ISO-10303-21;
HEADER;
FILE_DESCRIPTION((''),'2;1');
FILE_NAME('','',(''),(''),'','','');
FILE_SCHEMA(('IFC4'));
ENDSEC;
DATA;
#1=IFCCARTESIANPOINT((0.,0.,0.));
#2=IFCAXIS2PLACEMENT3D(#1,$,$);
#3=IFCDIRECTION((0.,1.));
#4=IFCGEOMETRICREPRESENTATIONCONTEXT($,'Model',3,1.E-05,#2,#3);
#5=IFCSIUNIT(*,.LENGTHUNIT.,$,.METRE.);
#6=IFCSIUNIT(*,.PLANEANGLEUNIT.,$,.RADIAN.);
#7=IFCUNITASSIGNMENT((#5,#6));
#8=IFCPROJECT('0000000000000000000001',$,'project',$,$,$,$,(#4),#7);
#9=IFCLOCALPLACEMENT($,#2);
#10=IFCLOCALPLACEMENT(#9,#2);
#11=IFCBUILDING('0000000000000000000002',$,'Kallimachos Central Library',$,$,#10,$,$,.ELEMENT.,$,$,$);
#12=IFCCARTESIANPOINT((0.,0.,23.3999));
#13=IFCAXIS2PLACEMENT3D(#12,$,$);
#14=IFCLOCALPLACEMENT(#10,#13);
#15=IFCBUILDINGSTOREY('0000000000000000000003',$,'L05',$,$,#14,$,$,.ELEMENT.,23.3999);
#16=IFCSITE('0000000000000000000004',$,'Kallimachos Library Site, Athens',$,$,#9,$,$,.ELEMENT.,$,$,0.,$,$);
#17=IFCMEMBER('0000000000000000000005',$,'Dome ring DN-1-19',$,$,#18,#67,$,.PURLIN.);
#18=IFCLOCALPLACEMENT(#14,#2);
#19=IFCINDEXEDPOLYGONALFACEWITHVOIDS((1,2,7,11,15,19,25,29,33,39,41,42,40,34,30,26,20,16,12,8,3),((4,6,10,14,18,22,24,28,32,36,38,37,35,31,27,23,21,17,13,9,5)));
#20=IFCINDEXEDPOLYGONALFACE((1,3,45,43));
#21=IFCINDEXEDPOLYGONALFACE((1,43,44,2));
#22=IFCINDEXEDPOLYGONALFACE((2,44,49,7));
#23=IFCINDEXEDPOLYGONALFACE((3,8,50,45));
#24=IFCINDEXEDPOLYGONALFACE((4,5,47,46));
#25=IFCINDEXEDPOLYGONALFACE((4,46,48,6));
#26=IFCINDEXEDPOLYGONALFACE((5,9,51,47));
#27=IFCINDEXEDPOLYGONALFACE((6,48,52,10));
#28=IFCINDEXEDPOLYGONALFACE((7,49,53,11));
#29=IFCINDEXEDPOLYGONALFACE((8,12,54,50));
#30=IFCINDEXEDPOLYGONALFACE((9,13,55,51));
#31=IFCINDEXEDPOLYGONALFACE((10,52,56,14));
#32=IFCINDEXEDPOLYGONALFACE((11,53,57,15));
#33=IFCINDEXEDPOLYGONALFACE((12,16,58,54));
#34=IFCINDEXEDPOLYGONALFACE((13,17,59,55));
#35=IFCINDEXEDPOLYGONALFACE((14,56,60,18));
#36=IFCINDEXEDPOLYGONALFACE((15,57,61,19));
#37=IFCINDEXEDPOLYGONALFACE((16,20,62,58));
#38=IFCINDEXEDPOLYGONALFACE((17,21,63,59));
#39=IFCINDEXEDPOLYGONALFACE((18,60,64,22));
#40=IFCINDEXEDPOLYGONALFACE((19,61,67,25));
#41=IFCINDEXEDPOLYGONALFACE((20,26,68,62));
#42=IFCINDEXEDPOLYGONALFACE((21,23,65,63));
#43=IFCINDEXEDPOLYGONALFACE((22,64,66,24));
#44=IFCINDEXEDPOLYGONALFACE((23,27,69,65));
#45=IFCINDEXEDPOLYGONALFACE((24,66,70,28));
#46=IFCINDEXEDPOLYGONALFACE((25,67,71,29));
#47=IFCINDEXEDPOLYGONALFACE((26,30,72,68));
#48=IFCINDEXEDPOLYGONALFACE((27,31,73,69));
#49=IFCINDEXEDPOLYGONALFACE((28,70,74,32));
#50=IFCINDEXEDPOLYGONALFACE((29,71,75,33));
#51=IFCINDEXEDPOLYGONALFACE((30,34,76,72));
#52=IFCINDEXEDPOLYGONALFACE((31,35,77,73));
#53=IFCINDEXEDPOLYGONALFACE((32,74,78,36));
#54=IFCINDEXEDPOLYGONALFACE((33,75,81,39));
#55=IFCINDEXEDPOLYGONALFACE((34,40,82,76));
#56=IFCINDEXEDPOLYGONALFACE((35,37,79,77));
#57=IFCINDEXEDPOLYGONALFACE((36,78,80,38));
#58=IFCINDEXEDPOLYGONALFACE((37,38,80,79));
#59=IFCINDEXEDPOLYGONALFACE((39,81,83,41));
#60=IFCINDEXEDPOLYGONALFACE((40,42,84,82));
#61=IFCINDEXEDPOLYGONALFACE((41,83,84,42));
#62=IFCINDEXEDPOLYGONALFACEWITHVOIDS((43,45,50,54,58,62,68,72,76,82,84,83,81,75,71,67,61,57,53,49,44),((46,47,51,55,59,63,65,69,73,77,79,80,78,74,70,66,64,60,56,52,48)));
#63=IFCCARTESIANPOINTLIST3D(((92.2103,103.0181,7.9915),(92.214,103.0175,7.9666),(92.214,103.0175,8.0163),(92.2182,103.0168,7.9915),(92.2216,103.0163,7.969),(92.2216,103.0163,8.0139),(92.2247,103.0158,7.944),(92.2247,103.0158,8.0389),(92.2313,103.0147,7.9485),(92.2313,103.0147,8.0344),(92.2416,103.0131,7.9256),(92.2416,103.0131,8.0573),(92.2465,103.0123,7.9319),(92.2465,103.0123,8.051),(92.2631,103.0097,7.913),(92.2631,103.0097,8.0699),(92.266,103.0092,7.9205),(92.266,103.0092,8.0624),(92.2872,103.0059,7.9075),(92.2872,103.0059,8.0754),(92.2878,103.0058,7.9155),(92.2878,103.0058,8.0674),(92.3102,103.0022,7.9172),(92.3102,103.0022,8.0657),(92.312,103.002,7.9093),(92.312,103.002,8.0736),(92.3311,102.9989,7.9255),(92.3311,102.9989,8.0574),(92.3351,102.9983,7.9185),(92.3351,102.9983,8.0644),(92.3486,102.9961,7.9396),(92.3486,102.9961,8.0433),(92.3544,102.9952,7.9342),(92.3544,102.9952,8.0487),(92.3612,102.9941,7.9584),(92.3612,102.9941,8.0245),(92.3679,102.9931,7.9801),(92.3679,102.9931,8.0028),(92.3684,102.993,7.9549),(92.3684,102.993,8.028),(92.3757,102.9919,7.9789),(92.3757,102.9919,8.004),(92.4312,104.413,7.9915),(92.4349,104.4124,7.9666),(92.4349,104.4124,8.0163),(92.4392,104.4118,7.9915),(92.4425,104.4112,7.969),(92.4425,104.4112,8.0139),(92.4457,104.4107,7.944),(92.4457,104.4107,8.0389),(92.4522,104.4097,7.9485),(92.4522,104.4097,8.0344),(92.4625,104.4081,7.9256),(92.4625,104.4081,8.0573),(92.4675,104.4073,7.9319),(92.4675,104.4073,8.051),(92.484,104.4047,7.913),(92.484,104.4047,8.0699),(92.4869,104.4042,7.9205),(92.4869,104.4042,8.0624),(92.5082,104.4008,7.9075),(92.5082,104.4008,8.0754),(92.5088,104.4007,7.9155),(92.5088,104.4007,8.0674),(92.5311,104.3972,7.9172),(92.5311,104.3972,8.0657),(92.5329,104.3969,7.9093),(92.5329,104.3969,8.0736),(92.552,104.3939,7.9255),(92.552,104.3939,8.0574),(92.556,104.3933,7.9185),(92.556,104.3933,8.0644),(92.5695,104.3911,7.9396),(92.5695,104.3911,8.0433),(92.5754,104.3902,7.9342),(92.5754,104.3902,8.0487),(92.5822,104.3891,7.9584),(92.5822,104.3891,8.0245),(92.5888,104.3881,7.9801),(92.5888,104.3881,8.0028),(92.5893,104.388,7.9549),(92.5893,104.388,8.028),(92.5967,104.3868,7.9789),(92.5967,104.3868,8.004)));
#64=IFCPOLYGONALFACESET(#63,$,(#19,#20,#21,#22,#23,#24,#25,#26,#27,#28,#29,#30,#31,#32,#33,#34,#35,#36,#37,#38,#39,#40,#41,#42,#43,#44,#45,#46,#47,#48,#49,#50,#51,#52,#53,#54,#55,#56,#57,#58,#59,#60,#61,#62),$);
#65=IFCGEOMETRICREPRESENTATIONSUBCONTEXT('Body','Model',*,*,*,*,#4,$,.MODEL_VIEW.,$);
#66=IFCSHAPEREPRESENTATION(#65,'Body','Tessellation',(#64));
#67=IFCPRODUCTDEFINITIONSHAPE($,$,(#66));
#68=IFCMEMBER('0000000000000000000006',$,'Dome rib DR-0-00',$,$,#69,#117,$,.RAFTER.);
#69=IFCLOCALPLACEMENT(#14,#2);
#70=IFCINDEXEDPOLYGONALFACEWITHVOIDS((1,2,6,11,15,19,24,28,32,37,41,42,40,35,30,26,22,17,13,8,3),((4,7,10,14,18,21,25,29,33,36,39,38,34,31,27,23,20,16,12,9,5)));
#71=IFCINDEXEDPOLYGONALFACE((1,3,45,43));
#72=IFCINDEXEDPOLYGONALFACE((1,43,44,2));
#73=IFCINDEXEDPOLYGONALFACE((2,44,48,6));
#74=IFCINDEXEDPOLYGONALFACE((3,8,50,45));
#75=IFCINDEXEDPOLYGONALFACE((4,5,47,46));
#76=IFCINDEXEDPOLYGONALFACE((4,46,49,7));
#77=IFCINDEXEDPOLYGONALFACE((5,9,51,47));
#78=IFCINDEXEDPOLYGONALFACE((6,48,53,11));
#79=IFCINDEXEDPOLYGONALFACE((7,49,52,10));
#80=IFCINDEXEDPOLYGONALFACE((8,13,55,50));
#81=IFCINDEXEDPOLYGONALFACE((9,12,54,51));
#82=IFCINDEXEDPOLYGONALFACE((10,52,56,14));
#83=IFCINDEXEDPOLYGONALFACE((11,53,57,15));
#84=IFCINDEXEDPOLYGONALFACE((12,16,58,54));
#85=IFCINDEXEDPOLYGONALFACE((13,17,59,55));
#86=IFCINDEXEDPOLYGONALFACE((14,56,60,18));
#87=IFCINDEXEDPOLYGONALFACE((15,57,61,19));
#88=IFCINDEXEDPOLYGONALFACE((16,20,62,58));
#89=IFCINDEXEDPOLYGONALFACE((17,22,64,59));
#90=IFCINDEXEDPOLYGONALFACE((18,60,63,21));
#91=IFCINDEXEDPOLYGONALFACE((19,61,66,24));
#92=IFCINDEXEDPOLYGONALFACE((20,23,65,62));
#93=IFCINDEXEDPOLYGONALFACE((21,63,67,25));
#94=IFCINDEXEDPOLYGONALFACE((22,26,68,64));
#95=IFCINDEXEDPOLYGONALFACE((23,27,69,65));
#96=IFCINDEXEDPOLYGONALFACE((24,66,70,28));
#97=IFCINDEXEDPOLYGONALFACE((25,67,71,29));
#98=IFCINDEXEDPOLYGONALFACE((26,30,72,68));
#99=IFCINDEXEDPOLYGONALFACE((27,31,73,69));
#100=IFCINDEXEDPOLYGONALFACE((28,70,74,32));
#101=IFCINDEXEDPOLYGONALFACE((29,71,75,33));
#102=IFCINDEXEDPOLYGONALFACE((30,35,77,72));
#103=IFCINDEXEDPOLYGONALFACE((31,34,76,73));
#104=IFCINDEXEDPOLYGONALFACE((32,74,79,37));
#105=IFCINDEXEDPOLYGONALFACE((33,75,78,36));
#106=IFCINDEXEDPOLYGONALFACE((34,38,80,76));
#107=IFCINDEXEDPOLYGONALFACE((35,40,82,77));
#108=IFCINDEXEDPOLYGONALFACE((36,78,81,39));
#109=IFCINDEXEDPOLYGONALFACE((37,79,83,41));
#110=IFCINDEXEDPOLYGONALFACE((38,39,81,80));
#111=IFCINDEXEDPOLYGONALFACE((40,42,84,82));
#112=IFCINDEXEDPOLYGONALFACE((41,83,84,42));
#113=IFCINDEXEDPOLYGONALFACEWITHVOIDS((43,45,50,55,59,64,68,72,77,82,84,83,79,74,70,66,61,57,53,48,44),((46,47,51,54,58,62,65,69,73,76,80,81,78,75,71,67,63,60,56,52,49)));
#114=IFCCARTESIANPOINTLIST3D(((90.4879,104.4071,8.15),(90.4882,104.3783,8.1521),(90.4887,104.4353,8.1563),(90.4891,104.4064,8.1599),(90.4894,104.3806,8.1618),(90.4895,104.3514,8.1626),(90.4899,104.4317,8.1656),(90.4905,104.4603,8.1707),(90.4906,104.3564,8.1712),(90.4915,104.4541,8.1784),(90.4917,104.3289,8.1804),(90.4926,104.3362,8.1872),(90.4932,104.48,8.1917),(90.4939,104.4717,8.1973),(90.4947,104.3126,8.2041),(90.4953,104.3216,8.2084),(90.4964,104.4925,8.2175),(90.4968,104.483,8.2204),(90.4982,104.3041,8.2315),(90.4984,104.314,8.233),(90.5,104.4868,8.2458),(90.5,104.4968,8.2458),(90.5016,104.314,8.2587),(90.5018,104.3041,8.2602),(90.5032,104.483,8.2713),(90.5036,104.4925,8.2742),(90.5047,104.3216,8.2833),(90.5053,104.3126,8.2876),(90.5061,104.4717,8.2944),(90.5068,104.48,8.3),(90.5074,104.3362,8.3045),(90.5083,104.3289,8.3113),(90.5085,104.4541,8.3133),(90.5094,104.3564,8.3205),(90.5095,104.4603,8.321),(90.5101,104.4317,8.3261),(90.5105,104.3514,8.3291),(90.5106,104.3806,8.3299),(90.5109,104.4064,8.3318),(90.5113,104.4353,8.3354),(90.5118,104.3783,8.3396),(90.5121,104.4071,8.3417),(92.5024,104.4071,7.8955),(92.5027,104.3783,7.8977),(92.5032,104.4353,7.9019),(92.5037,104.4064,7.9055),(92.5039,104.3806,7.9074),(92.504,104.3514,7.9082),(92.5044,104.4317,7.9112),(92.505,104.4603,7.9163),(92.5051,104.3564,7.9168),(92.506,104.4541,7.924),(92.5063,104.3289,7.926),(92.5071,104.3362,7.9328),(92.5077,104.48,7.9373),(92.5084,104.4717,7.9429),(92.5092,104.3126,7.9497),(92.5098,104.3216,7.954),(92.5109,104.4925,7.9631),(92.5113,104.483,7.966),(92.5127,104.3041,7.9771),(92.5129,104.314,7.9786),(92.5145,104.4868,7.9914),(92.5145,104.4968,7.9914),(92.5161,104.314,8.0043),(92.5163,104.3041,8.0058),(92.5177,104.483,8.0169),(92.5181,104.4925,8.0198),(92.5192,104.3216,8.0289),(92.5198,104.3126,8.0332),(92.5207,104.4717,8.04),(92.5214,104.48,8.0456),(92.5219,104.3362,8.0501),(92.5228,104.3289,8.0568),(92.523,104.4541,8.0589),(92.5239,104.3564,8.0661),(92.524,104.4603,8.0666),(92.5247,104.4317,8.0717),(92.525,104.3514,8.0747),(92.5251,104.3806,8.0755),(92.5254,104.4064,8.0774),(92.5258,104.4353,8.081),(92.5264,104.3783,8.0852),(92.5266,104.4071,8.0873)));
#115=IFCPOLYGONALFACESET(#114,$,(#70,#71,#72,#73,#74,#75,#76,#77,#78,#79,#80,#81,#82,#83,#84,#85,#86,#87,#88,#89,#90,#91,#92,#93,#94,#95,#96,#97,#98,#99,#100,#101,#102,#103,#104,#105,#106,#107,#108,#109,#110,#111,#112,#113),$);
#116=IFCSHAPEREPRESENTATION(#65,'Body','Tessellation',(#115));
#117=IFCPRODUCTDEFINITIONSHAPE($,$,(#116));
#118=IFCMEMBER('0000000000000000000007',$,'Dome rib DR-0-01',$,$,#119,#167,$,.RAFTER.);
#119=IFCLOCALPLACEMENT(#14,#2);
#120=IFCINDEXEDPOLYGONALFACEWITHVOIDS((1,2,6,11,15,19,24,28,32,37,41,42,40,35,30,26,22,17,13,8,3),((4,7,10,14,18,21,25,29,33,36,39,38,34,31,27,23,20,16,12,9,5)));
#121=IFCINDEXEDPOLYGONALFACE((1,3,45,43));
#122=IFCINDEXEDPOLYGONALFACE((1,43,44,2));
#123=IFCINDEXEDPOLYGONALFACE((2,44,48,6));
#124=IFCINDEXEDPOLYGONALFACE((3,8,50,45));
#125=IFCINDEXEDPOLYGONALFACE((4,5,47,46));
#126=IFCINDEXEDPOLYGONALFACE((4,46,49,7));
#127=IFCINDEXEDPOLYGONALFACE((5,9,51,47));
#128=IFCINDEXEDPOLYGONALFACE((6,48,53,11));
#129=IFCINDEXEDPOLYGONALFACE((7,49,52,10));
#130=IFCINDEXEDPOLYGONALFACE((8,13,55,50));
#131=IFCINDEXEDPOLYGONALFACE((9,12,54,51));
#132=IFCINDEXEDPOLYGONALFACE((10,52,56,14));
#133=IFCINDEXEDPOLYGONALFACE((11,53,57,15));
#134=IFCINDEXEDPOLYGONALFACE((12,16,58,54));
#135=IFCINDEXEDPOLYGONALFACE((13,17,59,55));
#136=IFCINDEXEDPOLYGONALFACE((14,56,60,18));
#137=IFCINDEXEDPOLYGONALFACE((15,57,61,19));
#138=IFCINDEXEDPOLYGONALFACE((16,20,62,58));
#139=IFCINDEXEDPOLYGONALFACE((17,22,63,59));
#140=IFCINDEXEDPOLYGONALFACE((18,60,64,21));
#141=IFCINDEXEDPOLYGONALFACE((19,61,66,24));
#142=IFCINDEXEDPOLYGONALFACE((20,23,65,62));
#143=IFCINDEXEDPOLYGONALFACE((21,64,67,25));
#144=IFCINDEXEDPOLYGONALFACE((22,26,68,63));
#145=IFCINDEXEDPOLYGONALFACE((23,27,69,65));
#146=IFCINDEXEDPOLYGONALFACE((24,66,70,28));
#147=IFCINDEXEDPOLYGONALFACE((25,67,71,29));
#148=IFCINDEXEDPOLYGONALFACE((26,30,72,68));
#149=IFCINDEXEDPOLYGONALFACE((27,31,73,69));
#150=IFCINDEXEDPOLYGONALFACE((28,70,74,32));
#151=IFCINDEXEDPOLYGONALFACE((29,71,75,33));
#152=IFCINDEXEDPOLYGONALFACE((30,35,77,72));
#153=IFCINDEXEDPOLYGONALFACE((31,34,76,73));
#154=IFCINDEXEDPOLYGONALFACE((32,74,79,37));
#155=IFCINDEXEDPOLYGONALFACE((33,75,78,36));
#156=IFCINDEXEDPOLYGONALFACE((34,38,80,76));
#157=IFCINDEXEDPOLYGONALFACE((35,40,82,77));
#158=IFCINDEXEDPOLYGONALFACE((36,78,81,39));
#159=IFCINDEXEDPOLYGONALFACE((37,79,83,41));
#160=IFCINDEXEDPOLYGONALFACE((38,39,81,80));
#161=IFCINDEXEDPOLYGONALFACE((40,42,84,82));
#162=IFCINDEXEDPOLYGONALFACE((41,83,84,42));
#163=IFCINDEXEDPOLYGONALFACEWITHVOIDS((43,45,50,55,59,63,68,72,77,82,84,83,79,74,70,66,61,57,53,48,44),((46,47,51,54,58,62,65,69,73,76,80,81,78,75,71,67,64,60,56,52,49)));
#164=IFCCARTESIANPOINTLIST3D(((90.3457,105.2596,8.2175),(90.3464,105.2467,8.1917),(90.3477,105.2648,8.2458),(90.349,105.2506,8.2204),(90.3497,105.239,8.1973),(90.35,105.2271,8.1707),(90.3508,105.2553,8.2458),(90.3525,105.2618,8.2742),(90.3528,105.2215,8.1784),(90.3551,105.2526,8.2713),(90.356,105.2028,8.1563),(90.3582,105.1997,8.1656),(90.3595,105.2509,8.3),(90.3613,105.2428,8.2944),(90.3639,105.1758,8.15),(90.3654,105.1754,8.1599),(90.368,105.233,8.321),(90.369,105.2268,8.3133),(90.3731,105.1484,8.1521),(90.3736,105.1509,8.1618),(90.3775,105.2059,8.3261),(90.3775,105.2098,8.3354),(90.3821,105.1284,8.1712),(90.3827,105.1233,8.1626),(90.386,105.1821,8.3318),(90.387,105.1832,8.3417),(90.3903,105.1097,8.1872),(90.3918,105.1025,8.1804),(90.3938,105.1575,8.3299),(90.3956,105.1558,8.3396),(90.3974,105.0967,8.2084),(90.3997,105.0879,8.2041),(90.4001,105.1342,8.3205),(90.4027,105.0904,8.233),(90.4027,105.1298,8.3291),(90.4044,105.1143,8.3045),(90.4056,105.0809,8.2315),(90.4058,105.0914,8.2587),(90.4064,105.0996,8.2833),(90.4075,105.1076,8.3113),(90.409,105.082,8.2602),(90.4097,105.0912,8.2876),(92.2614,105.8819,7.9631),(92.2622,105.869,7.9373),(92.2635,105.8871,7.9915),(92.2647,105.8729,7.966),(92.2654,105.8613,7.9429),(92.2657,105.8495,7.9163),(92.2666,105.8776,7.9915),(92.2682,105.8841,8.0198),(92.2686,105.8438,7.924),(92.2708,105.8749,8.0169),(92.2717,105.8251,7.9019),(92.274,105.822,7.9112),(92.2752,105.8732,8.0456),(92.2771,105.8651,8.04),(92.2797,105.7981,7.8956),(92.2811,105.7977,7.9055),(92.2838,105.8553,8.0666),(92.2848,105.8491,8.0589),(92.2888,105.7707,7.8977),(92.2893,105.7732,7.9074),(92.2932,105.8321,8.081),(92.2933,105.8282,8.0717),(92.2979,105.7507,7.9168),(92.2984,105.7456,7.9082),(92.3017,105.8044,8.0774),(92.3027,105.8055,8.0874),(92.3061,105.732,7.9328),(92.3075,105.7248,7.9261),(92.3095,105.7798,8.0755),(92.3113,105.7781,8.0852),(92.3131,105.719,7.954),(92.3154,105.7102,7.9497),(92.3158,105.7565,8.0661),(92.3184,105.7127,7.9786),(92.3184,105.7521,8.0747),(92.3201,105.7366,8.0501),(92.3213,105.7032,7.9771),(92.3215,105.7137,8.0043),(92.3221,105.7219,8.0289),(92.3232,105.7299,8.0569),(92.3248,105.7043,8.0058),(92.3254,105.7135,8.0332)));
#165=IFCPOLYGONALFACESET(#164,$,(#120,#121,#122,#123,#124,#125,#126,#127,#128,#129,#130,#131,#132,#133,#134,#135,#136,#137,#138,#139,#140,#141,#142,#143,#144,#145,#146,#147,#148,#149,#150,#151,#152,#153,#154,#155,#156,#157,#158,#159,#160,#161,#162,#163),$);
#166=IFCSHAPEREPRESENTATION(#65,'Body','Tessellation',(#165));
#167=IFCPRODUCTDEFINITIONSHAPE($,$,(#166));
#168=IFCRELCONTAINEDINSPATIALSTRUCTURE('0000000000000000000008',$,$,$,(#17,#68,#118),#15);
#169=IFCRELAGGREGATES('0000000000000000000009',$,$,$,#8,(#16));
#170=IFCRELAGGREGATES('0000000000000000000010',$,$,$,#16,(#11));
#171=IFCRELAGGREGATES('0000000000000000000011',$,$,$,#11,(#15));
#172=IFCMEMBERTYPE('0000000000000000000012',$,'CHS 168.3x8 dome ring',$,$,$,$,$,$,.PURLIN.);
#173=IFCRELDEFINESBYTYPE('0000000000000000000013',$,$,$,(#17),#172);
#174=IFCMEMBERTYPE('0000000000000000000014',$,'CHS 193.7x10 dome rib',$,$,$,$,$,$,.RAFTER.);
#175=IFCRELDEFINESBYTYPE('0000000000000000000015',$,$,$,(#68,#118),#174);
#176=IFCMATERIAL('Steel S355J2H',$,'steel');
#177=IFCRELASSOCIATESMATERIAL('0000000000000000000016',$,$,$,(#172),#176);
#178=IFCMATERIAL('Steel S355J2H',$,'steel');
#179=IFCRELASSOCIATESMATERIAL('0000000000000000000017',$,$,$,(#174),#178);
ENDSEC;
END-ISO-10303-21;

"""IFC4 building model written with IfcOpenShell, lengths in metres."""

from ifc_helpers import new_model, si_unit, direction, frame, origin, origin_2d, place, context, subcontext, project, spatial, hollow_circle, extrude, material, material_profile, profile_set, type_object, element, save


model = new_model("IFC4")

# Units and contexts
model_context = context("Model", 3, precision=1e-05, world=origin(), true_north=direction((0.0, 1.0)))
body_context = subcontext(model_context, "Body", "Model", "MODEL_VIEW")
ifc_project = project(units=[si_unit("LENGTHUNIT", "METRE"), si_unit("PLANEANGLEUNIT", "RADIAN")], contexts=[model_context])

# Site, building, storey
site_placement = place(None, origin())
site = spatial("IfcSite", under=ifc_project, at=site_placement, Name="Kallimachos Library Site, Athens", CompositionType="ELEMENT", RefElevation=0.0)
building_placement = place(site_placement, origin())
building = spatial("IfcBuilding", under=site, at=building_placement, Name="Kallimachos Central Library", CompositionType="ELEMENT")
storey_placement = place(building_placement, frame((0.0, 0.0, 23.3999)))
storey = spatial("IfcBuildingStorey", under=building, at=storey_placement, Name="L05", CompositionType="ELEMENT", Elevation=23.3999)

# Members
ifc_material_1 = material(Name="Steel S355J2H", Category="steel")
ifc_material_profile_1 = material_profile(ifc_material_1, hollow_circle(Radius=0.0842, WallThickness=0.0081, at=origin_2d()), Name="CHS 168.3x8")
ifc_profile_set_1 = profile_set([ifc_material_profile_1], Name="Steel S355J2H")
member_type_1 = type_object("IfcMemberType", Name="CHS 168.3x8 dome ring", PredefinedType="PURLIN", material=ifc_profile_set_1)
for number, where, z_axis, x_axis, name in (
    (1, (92.2935, 103.0049, 7.9915), (0.156433, 0.987689, 0.0), (-0.987689, 0.156433, 0.0), "Dome ring DN-1-19"),
):
    element("IfcMember", number, at=place(storey_placement, frame(where, z_axis=z_axis, x_axis=x_axis)), inside=storey, type_object=member_type_1, Name=name, PredefinedType="PURLIN", context=body_context, shape_type="SweptSolid", body=[
        extrude(hollow_circle(Radius=0.0842, WallThickness=0.0081, at=origin_2d()), origin(), (0.0, 0.0, 1.0), 1.4124),
    ])
ifc_material_2 = material(Name="Steel S355J2H", Category="steel")
ifc_material_profile_2 = material_profile(ifc_material_2, hollow_circle(Radius=0.0969, WallThickness=0.01, at=origin_2d()), Name="CHS 193.7x10")
ifc_profile_set_2 = profile_set([ifc_material_profile_2], Name="Steel S355J2H")
member_type_2 = type_object("IfcMemberType", Name="CHS 193.7x10 dome rib", PredefinedType="RAFTER", material=ifc_profile_set_2)
member_1_placement = place(storey_placement, frame((90.5, 104.3999, 8.2458), z_axis=(0.99212, 0.0, -0.125293), x_axis=(0.0, 1.0, 0.0)))
element("IfcMember", 2, at=member_1_placement, inside=storey, type_object=member_type_2, Name="Dome rib DR-0-00", PredefinedType="RAFTER", context=body_context, shape_type="SweptSolid", body=[
    extrude(hollow_circle(Radius=0.0969, WallThickness=0.01, at=origin_2d()), origin(), (0.0, 0.0, 1.0), 2.0305),
])
for number, where, z_axis, x_axis, name in (
    (3, (90.3777, 105.1726, 8.2458), (0.943584, 0.306512, -0.125298), (-0.308946, 0.951079, 0.0), "Dome rib DR-0-01"),
):
    element("IfcMember", number, at=place(storey_placement, frame(where, z_axis=z_axis, x_axis=x_axis)), inside=storey, type_object=member_type_2, Name=name, PredefinedType="RAFTER", context=body_context, shape_type="SweptSolid", body=[
        extrude(hollow_circle(Radius=0.0969, WallThickness=0.01, at=origin_2d()), origin(), (0.0, 0.0, 1.0), 2.0303),
    ])

save(model, "model.ifc")
